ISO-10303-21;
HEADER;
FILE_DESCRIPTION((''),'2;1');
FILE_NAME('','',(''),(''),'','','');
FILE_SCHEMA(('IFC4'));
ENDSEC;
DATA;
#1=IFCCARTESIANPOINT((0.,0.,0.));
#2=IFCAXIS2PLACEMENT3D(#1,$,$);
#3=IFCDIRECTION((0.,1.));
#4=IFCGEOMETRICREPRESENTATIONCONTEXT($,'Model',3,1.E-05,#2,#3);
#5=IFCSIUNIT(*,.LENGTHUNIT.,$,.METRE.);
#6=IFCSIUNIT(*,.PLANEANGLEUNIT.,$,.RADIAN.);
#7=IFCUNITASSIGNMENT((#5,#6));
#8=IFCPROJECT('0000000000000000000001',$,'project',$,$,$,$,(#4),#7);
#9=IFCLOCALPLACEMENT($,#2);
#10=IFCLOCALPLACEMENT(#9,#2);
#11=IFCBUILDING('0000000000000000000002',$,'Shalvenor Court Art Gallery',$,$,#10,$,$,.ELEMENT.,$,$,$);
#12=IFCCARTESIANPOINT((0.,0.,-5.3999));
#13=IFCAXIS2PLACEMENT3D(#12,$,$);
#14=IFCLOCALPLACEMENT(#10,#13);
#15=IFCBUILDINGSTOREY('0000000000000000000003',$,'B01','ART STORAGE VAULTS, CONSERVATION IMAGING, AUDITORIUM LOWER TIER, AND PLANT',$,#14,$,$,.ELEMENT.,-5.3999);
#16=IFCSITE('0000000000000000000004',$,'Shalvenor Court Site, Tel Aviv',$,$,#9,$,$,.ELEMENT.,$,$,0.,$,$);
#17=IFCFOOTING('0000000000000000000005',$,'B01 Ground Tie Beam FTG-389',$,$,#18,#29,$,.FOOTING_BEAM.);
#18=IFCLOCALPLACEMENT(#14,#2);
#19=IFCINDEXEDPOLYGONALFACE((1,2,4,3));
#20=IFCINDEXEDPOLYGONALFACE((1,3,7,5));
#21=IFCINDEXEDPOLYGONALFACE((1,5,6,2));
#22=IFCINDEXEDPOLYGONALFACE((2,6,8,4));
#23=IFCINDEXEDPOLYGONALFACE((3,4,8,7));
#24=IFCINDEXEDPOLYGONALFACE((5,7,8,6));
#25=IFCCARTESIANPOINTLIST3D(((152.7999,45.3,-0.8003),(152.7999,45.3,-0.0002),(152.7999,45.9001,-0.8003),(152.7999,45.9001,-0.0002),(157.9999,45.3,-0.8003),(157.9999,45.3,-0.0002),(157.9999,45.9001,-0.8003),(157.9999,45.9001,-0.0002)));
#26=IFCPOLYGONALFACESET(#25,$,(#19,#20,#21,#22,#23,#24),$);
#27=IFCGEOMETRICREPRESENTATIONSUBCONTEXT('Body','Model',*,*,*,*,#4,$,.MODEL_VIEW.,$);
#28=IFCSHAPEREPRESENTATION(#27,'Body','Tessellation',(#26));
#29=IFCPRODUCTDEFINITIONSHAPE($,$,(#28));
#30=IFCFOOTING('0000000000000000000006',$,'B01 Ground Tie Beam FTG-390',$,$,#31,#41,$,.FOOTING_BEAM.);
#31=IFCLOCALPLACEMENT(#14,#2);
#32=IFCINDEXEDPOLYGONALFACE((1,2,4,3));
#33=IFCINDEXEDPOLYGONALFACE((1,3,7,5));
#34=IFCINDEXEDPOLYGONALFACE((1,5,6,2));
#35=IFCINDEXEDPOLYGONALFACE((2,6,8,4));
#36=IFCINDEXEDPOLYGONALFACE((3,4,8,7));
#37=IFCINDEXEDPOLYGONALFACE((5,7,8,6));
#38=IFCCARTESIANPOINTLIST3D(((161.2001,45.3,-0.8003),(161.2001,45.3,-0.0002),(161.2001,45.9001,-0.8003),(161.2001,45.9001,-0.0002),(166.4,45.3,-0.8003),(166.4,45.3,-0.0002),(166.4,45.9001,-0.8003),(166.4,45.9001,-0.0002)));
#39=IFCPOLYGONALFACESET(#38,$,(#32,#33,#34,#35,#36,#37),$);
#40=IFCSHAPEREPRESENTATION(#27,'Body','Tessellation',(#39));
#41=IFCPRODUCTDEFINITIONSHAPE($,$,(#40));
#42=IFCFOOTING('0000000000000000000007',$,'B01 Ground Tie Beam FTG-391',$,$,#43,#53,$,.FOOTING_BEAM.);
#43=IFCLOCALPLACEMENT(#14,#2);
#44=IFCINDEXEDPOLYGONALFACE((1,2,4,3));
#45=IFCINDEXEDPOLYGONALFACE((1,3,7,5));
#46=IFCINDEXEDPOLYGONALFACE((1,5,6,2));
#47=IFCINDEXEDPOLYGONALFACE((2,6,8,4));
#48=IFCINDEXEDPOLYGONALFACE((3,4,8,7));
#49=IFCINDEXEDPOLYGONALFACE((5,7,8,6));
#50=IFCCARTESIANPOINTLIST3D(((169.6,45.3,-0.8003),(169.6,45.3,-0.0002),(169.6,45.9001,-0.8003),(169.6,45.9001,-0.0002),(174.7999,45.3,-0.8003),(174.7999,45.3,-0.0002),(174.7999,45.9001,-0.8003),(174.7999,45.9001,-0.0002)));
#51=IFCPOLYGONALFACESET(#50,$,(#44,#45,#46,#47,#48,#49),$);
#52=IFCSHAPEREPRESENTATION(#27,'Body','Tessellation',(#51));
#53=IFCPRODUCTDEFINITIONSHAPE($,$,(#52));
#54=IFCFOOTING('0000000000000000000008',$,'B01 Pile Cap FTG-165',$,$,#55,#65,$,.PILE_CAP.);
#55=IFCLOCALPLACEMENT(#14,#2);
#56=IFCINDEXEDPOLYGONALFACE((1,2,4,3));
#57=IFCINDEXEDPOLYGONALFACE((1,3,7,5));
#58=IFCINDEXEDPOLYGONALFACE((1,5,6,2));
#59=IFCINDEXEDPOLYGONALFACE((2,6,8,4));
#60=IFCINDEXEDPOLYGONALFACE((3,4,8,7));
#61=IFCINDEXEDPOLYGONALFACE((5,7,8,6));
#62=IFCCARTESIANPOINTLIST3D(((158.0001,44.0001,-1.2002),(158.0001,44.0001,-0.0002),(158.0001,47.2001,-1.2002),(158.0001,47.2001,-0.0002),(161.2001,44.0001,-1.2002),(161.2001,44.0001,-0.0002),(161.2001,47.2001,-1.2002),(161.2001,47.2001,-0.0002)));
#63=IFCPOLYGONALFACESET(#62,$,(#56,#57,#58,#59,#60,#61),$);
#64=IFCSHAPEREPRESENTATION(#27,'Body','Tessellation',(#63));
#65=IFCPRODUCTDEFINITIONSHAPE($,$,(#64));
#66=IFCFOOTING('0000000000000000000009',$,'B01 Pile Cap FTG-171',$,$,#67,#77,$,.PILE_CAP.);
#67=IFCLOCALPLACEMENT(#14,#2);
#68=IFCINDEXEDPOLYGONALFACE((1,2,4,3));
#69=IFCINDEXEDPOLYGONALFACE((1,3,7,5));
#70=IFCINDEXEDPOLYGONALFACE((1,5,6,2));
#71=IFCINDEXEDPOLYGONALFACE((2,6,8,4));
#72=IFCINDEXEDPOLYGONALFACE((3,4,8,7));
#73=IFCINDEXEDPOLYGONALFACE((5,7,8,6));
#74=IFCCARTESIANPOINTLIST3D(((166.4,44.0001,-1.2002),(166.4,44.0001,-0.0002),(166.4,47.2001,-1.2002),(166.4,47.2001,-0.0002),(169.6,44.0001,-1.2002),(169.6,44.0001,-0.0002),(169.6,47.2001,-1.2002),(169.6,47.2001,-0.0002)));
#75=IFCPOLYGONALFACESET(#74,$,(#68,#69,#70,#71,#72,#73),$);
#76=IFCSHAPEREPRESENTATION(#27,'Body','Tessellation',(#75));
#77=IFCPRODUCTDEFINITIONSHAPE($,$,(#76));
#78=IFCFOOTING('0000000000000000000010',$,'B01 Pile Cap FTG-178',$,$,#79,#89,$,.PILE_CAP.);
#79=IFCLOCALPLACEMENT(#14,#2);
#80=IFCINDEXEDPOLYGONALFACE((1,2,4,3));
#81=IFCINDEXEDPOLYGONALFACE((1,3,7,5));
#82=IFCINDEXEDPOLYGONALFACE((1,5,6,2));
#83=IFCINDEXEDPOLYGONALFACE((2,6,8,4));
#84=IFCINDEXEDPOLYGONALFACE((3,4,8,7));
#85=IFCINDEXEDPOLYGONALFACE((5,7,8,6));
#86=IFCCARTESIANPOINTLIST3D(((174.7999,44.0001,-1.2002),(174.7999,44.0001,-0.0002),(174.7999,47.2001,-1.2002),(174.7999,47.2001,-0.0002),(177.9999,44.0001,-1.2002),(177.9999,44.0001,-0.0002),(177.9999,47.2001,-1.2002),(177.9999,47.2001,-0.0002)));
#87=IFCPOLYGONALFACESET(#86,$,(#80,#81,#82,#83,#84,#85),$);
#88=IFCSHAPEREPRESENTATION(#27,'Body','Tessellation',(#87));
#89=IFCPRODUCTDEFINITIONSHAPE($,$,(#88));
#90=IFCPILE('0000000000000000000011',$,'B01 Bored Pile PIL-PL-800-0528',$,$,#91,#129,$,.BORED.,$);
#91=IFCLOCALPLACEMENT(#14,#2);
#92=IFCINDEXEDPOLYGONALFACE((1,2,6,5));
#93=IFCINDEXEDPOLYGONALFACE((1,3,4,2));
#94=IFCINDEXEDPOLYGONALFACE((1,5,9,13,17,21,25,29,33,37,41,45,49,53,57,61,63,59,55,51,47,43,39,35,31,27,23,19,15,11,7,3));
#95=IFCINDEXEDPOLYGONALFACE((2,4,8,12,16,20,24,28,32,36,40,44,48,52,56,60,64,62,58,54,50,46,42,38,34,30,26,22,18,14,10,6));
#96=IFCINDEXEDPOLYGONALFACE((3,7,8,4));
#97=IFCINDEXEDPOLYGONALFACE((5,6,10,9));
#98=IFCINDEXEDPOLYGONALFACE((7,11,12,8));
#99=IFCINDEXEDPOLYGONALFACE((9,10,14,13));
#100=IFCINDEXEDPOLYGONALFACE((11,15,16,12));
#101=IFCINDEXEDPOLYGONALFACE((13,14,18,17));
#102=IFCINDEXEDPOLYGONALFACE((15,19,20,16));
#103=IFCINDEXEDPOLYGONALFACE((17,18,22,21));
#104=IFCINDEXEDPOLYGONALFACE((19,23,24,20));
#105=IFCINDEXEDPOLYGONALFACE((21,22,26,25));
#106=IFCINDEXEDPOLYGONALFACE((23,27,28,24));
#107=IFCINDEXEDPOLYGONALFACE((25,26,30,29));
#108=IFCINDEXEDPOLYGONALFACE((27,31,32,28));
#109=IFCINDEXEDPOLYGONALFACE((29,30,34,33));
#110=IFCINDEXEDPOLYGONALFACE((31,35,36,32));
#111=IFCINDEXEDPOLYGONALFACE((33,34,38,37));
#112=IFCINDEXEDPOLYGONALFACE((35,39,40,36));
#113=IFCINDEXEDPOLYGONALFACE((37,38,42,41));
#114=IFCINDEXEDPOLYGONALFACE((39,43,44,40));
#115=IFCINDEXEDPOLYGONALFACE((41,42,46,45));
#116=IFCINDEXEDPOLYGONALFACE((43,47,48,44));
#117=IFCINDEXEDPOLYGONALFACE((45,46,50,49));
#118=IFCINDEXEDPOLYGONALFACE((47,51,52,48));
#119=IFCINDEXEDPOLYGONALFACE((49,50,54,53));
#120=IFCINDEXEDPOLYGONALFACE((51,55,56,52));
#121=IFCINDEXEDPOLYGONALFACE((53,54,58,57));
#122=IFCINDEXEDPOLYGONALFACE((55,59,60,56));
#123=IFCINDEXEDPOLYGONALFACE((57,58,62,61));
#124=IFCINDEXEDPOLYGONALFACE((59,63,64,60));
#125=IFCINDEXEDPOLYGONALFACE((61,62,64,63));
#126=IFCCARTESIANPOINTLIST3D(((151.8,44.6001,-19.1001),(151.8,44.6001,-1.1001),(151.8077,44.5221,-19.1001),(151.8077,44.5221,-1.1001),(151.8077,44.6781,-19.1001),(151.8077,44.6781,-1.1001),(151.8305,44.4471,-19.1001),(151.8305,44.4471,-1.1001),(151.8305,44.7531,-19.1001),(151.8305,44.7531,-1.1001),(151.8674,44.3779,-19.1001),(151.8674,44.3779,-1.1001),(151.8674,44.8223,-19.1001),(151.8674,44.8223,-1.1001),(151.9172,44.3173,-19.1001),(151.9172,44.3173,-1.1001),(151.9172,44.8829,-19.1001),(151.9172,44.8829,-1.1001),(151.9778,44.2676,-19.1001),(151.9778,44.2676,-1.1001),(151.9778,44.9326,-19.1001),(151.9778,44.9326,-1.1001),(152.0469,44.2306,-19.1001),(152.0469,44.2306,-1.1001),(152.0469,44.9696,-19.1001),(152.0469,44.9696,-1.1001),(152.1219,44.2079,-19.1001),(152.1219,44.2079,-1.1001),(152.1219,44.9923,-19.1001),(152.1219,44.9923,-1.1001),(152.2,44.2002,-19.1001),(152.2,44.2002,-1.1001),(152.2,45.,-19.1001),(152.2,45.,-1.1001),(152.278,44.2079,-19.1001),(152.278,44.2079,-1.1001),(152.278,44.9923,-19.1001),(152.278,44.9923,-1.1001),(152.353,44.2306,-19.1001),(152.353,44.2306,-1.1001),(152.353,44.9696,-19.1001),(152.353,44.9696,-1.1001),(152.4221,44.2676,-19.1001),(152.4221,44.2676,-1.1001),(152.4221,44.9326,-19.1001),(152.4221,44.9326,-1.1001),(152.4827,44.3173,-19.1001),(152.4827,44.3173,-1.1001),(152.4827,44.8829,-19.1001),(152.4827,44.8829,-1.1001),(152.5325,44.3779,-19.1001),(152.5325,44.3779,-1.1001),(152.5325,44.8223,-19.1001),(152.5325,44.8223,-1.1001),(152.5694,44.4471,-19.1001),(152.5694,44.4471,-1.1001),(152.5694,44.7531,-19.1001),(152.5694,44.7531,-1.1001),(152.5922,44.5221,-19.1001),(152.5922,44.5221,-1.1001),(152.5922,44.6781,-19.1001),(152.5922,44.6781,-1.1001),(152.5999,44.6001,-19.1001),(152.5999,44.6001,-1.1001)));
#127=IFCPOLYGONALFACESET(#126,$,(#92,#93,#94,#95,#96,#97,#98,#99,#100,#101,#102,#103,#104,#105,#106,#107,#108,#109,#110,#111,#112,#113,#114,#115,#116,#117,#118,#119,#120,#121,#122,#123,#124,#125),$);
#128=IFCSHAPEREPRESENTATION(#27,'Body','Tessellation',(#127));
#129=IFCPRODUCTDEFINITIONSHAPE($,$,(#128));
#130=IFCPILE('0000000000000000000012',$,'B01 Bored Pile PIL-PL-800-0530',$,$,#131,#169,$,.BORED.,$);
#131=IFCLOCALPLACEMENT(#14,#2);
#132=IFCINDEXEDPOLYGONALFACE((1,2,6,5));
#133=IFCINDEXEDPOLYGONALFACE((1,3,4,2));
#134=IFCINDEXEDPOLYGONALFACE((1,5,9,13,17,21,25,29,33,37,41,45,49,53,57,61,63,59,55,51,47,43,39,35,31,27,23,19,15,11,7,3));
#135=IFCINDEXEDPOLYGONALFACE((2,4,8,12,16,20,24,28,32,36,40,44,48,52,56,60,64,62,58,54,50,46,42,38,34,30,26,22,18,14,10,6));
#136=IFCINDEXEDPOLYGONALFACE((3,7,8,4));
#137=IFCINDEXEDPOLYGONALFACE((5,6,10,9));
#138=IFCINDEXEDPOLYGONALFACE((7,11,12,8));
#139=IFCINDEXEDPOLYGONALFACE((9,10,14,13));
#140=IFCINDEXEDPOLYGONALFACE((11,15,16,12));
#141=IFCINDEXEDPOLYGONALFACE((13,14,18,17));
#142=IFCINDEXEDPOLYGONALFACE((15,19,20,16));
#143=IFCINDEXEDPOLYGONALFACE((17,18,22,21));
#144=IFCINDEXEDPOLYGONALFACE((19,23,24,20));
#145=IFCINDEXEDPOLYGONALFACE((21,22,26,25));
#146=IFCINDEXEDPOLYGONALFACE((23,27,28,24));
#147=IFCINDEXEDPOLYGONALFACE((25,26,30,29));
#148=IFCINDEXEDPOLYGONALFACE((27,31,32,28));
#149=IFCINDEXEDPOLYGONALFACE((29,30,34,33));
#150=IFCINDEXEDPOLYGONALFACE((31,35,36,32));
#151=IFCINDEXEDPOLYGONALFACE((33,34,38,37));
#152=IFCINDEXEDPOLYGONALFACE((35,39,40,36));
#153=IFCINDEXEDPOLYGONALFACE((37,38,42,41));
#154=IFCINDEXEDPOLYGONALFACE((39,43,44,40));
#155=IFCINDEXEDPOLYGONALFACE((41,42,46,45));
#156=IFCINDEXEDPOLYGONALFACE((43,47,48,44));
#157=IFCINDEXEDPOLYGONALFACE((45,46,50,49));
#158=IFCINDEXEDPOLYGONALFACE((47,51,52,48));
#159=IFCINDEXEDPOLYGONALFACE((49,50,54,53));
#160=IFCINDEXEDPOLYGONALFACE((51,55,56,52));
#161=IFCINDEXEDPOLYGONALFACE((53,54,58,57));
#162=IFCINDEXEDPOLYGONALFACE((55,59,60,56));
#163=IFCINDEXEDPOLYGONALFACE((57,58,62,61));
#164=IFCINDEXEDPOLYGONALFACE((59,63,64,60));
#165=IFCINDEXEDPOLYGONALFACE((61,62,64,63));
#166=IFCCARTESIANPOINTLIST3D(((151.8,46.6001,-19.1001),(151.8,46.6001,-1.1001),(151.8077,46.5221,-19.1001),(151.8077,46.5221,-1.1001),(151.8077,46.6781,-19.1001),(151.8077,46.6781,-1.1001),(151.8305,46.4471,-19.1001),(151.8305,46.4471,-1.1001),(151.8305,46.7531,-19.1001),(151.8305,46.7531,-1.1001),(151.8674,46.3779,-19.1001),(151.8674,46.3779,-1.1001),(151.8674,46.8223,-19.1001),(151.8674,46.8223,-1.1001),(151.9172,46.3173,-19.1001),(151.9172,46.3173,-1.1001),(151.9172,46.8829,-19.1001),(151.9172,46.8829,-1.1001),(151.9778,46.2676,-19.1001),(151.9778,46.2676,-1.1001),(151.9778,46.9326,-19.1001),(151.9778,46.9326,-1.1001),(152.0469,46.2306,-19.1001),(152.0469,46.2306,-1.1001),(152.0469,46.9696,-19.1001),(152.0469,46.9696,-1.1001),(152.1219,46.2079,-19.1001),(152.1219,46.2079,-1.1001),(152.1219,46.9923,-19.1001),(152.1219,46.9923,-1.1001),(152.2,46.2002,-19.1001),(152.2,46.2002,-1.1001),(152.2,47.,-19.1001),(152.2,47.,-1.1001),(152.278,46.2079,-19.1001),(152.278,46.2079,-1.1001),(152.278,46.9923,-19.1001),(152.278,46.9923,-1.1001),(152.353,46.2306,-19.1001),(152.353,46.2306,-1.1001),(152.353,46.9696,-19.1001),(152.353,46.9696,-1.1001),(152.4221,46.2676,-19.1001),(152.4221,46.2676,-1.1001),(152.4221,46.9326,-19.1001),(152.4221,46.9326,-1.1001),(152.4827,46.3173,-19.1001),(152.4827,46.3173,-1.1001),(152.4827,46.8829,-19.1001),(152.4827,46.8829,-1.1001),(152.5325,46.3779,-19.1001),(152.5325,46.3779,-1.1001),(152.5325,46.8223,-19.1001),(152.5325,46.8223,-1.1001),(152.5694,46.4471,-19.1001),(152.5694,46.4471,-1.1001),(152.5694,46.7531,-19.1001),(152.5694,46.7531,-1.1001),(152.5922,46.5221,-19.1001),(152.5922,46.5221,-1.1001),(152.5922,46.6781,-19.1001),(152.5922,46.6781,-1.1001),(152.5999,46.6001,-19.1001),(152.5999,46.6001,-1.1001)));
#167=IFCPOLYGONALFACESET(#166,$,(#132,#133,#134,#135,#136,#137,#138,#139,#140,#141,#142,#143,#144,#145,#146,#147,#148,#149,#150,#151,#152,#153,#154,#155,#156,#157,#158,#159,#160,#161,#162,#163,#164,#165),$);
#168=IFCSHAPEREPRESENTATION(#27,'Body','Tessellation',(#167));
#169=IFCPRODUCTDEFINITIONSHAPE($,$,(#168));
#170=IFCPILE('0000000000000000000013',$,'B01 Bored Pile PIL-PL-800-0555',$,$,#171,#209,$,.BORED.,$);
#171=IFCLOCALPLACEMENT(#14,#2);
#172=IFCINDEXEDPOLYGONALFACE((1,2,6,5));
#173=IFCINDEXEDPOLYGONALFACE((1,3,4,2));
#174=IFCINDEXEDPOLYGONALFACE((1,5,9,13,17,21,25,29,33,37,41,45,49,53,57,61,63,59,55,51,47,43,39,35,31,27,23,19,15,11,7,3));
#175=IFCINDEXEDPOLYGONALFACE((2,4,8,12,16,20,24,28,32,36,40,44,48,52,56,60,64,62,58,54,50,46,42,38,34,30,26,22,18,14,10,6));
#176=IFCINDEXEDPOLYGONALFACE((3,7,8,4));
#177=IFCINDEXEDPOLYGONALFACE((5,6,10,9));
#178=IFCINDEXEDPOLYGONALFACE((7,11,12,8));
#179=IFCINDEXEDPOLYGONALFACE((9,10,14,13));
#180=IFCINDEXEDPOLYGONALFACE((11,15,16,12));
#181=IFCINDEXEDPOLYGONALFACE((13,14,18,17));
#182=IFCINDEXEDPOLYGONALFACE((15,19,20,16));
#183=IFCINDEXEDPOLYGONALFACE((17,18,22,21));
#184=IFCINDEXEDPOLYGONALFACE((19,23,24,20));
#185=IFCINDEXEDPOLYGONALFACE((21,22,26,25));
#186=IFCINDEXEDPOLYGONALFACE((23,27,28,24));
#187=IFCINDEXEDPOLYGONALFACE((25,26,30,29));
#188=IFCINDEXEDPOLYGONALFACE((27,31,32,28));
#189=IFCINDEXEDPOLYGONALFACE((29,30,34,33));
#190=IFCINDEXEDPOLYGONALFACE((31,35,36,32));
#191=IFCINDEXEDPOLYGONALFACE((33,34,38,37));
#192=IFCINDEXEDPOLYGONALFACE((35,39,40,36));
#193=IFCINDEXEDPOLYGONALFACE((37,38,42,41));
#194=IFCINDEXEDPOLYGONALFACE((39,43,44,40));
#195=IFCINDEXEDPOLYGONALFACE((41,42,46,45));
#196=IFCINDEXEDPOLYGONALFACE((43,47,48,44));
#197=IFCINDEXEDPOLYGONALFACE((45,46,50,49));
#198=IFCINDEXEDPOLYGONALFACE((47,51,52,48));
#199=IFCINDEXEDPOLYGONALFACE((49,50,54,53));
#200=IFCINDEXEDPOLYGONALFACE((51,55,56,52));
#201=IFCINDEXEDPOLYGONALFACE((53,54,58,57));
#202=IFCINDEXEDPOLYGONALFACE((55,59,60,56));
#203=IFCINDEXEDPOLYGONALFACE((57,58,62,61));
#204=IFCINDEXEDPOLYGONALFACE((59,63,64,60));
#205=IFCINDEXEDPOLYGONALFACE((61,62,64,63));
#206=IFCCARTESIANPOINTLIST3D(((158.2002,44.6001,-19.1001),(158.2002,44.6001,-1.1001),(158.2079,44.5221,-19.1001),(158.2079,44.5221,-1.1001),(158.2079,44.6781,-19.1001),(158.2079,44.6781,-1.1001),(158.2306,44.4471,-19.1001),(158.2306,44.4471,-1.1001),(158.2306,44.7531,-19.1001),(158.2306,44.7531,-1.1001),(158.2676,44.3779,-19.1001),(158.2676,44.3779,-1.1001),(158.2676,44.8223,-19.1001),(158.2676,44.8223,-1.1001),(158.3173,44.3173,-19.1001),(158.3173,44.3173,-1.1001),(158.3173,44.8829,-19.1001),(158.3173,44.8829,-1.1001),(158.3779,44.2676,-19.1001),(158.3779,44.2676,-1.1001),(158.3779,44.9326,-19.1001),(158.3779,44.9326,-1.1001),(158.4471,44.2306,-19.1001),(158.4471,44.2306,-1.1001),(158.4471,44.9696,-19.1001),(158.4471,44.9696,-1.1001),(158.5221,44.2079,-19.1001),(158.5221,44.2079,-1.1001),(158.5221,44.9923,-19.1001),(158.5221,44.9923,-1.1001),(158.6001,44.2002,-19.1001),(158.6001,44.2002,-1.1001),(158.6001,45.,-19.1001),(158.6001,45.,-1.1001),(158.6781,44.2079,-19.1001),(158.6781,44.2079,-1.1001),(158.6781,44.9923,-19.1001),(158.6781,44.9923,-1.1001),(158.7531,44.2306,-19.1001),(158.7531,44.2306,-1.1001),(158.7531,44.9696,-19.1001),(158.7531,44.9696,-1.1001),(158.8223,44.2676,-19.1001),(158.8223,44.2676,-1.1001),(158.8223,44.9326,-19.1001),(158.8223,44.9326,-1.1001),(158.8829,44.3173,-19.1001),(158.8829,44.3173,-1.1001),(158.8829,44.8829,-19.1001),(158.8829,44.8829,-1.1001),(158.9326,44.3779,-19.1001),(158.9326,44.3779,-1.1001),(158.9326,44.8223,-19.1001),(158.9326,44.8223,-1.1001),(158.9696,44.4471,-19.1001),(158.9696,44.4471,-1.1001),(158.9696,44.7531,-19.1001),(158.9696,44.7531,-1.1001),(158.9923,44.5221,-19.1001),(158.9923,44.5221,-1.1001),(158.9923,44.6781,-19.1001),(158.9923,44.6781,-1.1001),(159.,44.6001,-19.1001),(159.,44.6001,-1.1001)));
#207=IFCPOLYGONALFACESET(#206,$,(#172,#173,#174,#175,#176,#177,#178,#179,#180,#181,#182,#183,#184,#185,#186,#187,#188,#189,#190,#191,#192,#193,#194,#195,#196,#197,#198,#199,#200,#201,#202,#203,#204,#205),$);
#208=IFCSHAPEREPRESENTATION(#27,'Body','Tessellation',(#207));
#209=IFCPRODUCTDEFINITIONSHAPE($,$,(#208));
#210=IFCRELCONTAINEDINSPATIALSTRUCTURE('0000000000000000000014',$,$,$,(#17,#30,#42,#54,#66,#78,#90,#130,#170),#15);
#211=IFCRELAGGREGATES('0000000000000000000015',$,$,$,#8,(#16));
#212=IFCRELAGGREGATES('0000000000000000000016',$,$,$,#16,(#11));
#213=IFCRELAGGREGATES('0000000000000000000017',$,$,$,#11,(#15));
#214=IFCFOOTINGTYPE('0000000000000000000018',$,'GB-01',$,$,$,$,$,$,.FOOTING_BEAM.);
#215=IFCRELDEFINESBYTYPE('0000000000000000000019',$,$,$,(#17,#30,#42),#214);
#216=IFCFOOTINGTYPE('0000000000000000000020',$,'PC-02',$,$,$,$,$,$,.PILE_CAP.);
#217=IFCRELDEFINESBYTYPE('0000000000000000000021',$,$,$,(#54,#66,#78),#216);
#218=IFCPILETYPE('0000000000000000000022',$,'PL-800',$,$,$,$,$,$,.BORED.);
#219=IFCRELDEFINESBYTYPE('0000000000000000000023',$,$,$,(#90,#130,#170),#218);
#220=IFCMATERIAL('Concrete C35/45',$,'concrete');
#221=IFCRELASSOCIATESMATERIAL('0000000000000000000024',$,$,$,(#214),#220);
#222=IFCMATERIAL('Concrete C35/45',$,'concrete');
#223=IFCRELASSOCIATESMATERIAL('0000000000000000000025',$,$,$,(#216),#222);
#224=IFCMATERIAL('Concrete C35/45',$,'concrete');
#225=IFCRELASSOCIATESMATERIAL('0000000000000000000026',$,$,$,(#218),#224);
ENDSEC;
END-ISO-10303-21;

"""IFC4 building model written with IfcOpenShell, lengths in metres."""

from ifc_helpers import new_model, si_unit, direction, frame, origin, origin_2d, place, context, subcontext, project, spatial, rectangle, circle, extrude, material, material_profile, profile_set, type_object, element, save


model = new_model("IFC4")

# Units and contexts
model_context = context("Model", 3, precision=1e-05, world=origin(), true_north=direction((0.0, 1.0)))
body_context = subcontext(model_context, "Body", "Model", "MODEL_VIEW")
ifc_project = project(units=[si_unit("LENGTHUNIT", "METRE"), si_unit("PLANEANGLEUNIT", "RADIAN")], contexts=[model_context])

# Site, building, storey
site_placement = place(None, origin())
site = spatial("IfcSite", under=ifc_project, at=site_placement, Name="Shalvenor Court Site, Tel Aviv", CompositionType="ELEMENT", RefElevation=0.0)
building_placement = place(site_placement, origin())
building = spatial("IfcBuilding", under=site, at=building_placement, Name="Shalvenor Court Art Gallery", CompositionType="ELEMENT")
storey_placement = place(building_placement, frame((0.0, 0.0, -5.3999)))
storey = spatial("IfcBuildingStorey", under=building, at=storey_placement, Name="B01", Description="ART STORAGE VAULTS, CONSERVATION IMAGING, AUDITORIUM LOWER TIER, AND PLANT", CompositionType="ELEMENT", Elevation=-5.3999)

# Footings
ifc_material_1 = material(Name="Concrete C35/45", Category="concrete")
footing_type_1 = type_object("IfcFootingType", Name="GB-01", PredefinedType="FOOTING_BEAM", material=ifc_material_1)
for number, where, z_axis, x_axis, name in (
    (1, (155.3999, 45.6001, -0.8003), (0.0, 0.0, 1.0), (1.0, 0.0, 0.0), "B01 Ground Tie Beam FTG-389"),
    (2, (163.8, 45.6001, -0.8003), (0.0, 0.0, 1.0), (1.0, 0.0, 0.0), "B01 Ground Tie Beam FTG-390"),
    (3, (172.2, 45.6001, -0.8003), (0.0, 0.0, 1.0), (1.0, 0.0, 0.0), "B01 Ground Tie Beam FTG-391"),
):
    element("IfcFooting", number, at=place(storey_placement, frame(where, z_axis=z_axis, x_axis=x_axis)), inside=storey, type_object=footing_type_1, Name=name, PredefinedType="FOOTING_BEAM", context=body_context, shape_type="SweptSolid", body=[
        extrude(rectangle(XDim=5.2, YDim=0.6001, at=origin_2d()), origin(), (0.0, 0.0, 1.0), 0.8),
    ])
ifc_material_2 = material(Name="Concrete C35/45", Category="concrete")
footing_type_2 = type_object("IfcFootingType", Name="PC-02", PredefinedType="PILE_CAP", material=ifc_material_2)
for number, where, z_axis, x_axis, name in (
    (4, (159.6001, 45.6001, -1.2002), (0.0, 0.0, 1.0), (1.0, 0.0, 0.0), "B01 Pile Cap FTG-165"),
    (5, (168.0, 45.6001, -1.2002), (0.0, 0.0, 1.0), (1.0, 0.0, 0.0), "B01 Pile Cap FTG-171"),
    (6, (176.3999, 45.6001, -1.2002), (0.0, 0.0, 1.0), (1.0, 0.0, 0.0), "B01 Pile Cap FTG-178"),
):
    element("IfcFooting", number, at=place(storey_placement, frame(where, z_axis=z_axis, x_axis=x_axis)), inside=storey, type_object=footing_type_2, Name=name, PredefinedType="PILE_CAP", context=body_context, shape_type="SweptSolid", body=[
        extrude(rectangle(XDim=3.2, YDim=3.2, at=origin_2d()), origin(), (0.0, 0.0, 1.0), 1.2),
    ])

# Piles
ifc_material_3 = material(Name="Concrete C35/45", Category="concrete")
ifc_material_profile_1 = material_profile(ifc_material_3, circle(Radius=0.3999, at=origin_2d()), Name="PILE 800")
ifc_profile_set_1 = profile_set([ifc_material_profile_1], Name="Concrete C35/45")
pile_type = type_object("IfcPileType", Name="PL-800", PredefinedType="BORED", material=ifc_profile_set_1)
for number, where, z_axis, x_axis, name in (
    (7, (152.2, 44.6001, -1.1001), (0.0, 0.0, -1.0), (1.0, 0.0, 0.0), "B01 Bored Pile PIL-PL-800-0528"),
    (8, (152.2, 46.6001, -1.1001), (0.0, 0.0, -1.0), (1.0, 0.0, 0.0), "B01 Bored Pile PIL-PL-800-0530"),
    (9, (158.6001, 44.6001, -1.1001), (0.0, 0.0, -1.0), (1.0, 0.0, 0.0), "B01 Bored Pile PIL-PL-800-0555"),
):
    element("IfcPile", number, at=place(storey_placement, frame(where, z_axis=z_axis, x_axis=x_axis)), inside=storey, type_object=pile_type, Name=name, PredefinedType="BORED", context=body_context, shape_type="SweptSolid", body=[
        extrude(circle(Radius=0.3999, at=origin_2d()), origin(), (0.0, 0.0, 1.0), 18.0),
    ])

save(model, "model.ifc")
